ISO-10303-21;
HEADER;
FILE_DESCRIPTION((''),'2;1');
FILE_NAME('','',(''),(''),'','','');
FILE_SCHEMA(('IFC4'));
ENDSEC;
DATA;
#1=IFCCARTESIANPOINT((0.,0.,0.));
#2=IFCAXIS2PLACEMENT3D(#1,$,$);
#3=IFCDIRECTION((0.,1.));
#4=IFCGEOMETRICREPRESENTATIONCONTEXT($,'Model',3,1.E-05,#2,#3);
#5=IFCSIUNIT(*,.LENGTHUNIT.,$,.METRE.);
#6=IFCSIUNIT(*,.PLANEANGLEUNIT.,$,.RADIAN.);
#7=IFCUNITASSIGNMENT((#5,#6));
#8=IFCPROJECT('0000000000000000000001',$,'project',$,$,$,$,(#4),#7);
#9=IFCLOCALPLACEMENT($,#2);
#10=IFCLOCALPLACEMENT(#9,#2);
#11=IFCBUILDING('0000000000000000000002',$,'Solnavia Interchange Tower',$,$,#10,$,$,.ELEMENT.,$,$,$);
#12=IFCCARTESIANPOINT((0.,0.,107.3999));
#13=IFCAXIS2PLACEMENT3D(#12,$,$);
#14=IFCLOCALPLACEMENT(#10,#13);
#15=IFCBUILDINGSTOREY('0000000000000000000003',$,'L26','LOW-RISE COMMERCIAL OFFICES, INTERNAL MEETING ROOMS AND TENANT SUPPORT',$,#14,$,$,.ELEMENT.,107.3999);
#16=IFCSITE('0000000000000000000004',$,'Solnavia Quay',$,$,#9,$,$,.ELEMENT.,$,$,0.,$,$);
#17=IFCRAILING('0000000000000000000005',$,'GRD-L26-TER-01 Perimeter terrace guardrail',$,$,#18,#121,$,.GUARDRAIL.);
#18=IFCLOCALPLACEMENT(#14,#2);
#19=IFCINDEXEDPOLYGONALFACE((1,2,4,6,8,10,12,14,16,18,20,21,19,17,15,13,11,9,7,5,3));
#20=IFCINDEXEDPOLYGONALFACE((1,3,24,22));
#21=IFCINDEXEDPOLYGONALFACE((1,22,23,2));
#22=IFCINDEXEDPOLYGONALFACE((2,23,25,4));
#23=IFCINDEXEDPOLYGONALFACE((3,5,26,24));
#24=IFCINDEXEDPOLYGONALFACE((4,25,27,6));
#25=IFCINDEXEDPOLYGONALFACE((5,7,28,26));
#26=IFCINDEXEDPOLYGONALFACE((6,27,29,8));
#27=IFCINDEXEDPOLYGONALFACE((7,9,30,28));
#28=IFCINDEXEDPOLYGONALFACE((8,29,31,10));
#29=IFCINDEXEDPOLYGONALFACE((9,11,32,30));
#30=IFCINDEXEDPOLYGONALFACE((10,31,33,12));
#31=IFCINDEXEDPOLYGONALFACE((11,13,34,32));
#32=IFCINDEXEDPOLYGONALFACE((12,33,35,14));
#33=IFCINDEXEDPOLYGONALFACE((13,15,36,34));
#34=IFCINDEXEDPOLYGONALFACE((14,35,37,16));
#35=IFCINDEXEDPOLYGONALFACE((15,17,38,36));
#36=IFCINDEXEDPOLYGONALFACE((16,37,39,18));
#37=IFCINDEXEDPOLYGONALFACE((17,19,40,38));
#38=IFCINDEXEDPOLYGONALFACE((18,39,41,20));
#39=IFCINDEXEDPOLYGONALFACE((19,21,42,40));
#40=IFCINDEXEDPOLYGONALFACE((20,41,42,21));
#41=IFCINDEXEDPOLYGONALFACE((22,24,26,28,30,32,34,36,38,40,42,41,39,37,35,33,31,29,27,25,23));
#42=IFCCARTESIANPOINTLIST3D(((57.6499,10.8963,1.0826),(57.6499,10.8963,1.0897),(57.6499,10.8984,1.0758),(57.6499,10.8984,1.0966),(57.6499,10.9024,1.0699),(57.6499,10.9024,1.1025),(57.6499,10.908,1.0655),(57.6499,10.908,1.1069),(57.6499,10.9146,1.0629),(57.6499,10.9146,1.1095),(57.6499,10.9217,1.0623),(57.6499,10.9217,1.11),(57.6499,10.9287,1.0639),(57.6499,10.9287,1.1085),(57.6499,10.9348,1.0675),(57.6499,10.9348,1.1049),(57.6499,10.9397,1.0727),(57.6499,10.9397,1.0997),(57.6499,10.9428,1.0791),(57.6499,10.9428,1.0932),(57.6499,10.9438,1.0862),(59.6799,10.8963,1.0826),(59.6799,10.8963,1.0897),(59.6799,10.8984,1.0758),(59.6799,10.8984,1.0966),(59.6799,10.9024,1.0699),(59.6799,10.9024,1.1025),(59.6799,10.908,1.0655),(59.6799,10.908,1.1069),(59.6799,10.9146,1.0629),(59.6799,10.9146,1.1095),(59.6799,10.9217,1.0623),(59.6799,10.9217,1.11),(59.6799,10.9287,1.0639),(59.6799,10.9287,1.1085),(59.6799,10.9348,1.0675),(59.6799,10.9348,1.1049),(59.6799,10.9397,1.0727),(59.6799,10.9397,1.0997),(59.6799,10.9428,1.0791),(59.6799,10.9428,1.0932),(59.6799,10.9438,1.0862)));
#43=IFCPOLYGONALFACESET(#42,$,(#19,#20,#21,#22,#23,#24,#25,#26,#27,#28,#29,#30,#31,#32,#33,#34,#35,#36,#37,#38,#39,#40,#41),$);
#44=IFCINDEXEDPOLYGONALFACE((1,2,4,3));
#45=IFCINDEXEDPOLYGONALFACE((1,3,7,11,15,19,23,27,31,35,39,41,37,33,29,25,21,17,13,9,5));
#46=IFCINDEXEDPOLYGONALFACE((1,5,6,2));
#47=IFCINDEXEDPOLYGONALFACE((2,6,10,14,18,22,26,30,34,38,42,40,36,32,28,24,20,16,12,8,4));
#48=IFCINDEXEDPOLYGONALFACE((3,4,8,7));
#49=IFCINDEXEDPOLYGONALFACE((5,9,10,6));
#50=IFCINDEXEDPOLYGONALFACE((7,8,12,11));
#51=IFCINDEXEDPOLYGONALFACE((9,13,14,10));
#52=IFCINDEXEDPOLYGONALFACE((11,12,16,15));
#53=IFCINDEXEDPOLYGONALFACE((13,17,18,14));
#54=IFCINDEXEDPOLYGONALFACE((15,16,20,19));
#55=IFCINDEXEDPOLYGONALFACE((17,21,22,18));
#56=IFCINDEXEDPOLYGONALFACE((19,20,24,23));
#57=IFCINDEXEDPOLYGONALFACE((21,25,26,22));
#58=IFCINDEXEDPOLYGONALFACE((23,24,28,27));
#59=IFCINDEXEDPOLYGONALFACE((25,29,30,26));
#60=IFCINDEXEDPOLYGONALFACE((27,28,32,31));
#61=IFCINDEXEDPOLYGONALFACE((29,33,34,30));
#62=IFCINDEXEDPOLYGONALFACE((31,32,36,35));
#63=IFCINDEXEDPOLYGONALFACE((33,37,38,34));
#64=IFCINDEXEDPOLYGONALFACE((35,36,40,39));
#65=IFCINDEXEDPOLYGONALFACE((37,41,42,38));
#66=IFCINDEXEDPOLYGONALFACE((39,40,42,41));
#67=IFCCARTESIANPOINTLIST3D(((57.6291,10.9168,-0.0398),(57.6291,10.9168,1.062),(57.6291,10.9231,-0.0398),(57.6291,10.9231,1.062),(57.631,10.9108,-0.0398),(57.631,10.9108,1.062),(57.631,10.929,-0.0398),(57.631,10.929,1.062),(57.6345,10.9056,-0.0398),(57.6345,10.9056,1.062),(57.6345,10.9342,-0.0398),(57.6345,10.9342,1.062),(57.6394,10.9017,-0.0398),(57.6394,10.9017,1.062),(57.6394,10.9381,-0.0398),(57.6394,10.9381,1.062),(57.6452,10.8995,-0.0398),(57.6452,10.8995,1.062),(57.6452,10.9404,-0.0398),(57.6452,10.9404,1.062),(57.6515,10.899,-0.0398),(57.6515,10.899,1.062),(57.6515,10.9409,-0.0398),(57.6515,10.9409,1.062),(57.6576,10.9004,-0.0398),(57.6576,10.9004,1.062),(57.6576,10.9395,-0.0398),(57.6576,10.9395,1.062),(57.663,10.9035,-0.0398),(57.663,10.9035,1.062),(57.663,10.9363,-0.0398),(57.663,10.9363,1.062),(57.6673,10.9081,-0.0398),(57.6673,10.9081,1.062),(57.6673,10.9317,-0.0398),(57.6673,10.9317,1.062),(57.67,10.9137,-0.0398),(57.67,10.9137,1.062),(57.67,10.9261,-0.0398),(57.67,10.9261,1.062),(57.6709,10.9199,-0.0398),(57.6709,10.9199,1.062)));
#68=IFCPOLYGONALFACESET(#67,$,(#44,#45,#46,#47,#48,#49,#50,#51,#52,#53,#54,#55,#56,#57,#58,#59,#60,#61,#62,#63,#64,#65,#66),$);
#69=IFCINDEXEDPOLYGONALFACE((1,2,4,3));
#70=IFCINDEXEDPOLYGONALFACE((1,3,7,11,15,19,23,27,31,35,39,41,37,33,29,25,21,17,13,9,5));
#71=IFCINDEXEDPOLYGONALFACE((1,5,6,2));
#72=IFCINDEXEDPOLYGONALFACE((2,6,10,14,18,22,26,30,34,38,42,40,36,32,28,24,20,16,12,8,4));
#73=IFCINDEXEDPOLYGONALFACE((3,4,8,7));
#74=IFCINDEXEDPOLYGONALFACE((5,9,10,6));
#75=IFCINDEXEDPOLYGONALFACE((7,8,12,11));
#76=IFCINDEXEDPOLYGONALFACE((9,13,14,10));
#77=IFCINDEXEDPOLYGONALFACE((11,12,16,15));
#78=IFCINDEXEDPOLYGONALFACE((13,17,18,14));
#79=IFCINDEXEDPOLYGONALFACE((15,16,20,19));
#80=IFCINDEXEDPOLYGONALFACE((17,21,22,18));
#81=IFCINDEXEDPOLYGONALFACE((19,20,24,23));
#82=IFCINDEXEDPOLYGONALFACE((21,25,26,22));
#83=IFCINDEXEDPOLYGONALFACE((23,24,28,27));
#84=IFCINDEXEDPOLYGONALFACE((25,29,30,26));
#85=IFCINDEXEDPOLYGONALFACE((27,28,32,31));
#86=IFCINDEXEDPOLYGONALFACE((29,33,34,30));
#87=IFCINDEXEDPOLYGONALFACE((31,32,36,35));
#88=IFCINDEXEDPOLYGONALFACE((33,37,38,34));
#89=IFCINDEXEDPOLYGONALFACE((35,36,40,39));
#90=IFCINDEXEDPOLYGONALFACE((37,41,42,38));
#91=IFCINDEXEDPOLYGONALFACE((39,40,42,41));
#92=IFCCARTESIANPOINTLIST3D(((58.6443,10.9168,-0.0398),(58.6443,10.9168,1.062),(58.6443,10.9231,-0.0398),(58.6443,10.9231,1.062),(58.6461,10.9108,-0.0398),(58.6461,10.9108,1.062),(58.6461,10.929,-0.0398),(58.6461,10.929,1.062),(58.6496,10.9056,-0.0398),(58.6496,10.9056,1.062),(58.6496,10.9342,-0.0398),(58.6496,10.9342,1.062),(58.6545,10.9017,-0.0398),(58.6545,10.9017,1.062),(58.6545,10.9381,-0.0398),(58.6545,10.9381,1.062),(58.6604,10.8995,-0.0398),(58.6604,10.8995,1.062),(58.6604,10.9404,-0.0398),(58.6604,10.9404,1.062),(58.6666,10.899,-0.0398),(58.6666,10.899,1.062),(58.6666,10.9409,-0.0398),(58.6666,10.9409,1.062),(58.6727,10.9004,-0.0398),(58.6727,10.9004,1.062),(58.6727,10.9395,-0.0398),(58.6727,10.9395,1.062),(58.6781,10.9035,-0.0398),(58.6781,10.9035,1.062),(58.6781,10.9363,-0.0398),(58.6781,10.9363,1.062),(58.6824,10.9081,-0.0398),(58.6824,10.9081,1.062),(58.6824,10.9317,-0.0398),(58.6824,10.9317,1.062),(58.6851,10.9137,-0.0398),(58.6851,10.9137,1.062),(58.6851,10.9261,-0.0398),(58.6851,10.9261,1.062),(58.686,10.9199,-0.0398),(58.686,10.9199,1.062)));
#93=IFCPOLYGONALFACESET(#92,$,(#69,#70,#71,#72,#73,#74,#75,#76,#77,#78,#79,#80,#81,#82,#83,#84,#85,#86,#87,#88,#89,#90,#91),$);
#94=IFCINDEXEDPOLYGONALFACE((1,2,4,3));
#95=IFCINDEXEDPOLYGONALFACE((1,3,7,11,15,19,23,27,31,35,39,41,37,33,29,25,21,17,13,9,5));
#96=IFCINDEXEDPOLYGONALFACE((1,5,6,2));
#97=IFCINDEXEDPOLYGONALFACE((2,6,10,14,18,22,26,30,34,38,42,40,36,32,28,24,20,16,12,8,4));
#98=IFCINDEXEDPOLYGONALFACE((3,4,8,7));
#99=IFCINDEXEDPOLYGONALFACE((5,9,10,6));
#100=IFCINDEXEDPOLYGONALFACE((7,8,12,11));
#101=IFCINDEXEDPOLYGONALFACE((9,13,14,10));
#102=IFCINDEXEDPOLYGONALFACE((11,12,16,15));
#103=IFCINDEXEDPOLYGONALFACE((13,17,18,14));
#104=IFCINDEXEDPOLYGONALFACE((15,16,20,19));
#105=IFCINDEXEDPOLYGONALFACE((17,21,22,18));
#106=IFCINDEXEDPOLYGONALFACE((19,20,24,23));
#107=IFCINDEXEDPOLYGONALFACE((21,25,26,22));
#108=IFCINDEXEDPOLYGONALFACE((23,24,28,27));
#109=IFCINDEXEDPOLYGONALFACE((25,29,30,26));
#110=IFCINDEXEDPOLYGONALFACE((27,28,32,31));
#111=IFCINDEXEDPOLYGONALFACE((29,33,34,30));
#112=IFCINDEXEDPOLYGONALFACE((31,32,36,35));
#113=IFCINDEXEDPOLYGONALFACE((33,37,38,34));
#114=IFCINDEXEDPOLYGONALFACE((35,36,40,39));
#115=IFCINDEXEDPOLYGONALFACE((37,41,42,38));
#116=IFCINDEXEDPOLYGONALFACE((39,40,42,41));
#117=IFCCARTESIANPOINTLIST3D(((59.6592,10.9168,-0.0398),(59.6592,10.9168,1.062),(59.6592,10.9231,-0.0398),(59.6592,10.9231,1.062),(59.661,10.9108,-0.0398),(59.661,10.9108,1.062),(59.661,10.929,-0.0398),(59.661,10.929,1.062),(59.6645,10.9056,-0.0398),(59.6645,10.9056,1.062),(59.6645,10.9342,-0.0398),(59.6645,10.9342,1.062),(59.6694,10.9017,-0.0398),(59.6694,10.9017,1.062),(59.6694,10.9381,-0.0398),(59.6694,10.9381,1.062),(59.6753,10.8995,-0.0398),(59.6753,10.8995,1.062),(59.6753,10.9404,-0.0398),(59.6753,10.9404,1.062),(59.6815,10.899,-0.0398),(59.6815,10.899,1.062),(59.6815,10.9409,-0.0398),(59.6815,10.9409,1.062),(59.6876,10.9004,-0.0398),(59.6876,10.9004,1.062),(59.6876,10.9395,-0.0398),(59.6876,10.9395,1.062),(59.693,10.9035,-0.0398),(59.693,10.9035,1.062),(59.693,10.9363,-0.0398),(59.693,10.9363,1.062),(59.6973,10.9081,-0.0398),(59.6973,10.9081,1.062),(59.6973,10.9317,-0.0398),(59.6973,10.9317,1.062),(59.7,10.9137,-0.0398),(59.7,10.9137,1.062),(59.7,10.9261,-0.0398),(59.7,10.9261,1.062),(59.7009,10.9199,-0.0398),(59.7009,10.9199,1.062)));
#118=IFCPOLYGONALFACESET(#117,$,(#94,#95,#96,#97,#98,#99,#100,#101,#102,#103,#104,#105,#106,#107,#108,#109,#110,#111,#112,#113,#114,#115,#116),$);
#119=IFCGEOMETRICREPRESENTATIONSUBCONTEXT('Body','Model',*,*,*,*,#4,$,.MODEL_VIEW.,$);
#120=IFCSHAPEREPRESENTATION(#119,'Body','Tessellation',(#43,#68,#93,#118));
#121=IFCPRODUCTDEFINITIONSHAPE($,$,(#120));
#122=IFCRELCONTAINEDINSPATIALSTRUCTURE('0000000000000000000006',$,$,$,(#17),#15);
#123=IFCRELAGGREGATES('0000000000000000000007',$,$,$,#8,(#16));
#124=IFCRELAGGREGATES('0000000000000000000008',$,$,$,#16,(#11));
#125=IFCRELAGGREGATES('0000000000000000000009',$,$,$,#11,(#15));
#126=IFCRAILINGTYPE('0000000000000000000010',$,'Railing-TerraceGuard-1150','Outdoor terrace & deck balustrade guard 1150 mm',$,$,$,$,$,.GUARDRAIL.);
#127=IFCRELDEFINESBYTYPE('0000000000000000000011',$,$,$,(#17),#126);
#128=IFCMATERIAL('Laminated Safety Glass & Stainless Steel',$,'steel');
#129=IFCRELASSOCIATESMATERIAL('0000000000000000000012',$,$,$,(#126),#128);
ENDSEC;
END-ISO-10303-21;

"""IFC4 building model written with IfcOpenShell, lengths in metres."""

from ifc_helpers import new_model, si_unit, direction, frame, origin, origin_2d, place, context, subcontext, project, spatial, circle, extrude, material, type_object, element, save


model = new_model("IFC4")

# Units and contexts
model_context = context("Model", 3, precision=1e-05, world=origin(), true_north=direction((0.0, 1.0)))
body_context = subcontext(model_context, "Body", "Model", "MODEL_VIEW")
ifc_project = project(units=[si_unit("LENGTHUNIT", "METRE"), si_unit("PLANEANGLEUNIT", "RADIAN")], contexts=[model_context])

# Site, building, storey
site_placement = place(None, origin())
site = spatial("IfcSite", under=ifc_project, at=site_placement, Name="Solnavia Quay", CompositionType="ELEMENT", RefElevation=0.0)
building_placement = place(site_placement, origin())
building = spatial("IfcBuilding", under=site, at=building_placement, Name="Solnavia Interchange Tower", CompositionType="ELEMENT")
storey_placement = place(building_placement, frame((0.0, 0.0, 107.3999)))
storey = spatial("IfcBuildingStorey", under=building, at=storey_placement, Name="L26", Description="LOW-RISE COMMERCIAL OFFICES, INTERNAL MEETING ROOMS AND TENANT SUPPORT", CompositionType="ELEMENT", Elevation=107.3999)

# Railing
ifc_material_1 = material(Name="Laminated Safety Glass & Stainless Steel", Category="steel")
railing_type = type_object("IfcRailingType", Name="Railing-TerraceGuard-1150", Description="Outdoor terrace & deck balustrade guard 1150 mm", PredefinedType="GUARDRAIL", material=ifc_material_1)
railing_1_placement = place(storey_placement, frame((57.6499, 10.9199, -0.0398)))
element("IfcRailing", 1, at=railing_1_placement, inside=storey, type_object=railing_type, Name="GRD-L26-TER-01 Perimeter terrace guardrail", PredefinedType="GUARDRAIL", context=body_context, shape_type="SweptSolid", body=[
    extrude(circle(Radius=0.0239, at=origin_2d()), frame((0.0, 0.0, 1.126), z_axis=(1.0, 0.0, 0.0), x_axis=(0.0, 1.0, 0.0)), (0.0, 0.0, 1.0), 2.03),
    extrude(circle(Radius=0.021, at=origin_2d()), origin(), (0.0, 0.0, 1.0), 1.1018),
    extrude(circle(Radius=0.021, at=origin_2d()), frame((1.0151, 0.0, 0.0)), (0.0, 0.0, 1.0), 1.1018),
    extrude(circle(Radius=0.021, at=origin_2d()), frame((2.03, 0.0, 0.0)), (0.0, 0.0, 1.0), 1.1018),
])

save(model, "model.ifc")
